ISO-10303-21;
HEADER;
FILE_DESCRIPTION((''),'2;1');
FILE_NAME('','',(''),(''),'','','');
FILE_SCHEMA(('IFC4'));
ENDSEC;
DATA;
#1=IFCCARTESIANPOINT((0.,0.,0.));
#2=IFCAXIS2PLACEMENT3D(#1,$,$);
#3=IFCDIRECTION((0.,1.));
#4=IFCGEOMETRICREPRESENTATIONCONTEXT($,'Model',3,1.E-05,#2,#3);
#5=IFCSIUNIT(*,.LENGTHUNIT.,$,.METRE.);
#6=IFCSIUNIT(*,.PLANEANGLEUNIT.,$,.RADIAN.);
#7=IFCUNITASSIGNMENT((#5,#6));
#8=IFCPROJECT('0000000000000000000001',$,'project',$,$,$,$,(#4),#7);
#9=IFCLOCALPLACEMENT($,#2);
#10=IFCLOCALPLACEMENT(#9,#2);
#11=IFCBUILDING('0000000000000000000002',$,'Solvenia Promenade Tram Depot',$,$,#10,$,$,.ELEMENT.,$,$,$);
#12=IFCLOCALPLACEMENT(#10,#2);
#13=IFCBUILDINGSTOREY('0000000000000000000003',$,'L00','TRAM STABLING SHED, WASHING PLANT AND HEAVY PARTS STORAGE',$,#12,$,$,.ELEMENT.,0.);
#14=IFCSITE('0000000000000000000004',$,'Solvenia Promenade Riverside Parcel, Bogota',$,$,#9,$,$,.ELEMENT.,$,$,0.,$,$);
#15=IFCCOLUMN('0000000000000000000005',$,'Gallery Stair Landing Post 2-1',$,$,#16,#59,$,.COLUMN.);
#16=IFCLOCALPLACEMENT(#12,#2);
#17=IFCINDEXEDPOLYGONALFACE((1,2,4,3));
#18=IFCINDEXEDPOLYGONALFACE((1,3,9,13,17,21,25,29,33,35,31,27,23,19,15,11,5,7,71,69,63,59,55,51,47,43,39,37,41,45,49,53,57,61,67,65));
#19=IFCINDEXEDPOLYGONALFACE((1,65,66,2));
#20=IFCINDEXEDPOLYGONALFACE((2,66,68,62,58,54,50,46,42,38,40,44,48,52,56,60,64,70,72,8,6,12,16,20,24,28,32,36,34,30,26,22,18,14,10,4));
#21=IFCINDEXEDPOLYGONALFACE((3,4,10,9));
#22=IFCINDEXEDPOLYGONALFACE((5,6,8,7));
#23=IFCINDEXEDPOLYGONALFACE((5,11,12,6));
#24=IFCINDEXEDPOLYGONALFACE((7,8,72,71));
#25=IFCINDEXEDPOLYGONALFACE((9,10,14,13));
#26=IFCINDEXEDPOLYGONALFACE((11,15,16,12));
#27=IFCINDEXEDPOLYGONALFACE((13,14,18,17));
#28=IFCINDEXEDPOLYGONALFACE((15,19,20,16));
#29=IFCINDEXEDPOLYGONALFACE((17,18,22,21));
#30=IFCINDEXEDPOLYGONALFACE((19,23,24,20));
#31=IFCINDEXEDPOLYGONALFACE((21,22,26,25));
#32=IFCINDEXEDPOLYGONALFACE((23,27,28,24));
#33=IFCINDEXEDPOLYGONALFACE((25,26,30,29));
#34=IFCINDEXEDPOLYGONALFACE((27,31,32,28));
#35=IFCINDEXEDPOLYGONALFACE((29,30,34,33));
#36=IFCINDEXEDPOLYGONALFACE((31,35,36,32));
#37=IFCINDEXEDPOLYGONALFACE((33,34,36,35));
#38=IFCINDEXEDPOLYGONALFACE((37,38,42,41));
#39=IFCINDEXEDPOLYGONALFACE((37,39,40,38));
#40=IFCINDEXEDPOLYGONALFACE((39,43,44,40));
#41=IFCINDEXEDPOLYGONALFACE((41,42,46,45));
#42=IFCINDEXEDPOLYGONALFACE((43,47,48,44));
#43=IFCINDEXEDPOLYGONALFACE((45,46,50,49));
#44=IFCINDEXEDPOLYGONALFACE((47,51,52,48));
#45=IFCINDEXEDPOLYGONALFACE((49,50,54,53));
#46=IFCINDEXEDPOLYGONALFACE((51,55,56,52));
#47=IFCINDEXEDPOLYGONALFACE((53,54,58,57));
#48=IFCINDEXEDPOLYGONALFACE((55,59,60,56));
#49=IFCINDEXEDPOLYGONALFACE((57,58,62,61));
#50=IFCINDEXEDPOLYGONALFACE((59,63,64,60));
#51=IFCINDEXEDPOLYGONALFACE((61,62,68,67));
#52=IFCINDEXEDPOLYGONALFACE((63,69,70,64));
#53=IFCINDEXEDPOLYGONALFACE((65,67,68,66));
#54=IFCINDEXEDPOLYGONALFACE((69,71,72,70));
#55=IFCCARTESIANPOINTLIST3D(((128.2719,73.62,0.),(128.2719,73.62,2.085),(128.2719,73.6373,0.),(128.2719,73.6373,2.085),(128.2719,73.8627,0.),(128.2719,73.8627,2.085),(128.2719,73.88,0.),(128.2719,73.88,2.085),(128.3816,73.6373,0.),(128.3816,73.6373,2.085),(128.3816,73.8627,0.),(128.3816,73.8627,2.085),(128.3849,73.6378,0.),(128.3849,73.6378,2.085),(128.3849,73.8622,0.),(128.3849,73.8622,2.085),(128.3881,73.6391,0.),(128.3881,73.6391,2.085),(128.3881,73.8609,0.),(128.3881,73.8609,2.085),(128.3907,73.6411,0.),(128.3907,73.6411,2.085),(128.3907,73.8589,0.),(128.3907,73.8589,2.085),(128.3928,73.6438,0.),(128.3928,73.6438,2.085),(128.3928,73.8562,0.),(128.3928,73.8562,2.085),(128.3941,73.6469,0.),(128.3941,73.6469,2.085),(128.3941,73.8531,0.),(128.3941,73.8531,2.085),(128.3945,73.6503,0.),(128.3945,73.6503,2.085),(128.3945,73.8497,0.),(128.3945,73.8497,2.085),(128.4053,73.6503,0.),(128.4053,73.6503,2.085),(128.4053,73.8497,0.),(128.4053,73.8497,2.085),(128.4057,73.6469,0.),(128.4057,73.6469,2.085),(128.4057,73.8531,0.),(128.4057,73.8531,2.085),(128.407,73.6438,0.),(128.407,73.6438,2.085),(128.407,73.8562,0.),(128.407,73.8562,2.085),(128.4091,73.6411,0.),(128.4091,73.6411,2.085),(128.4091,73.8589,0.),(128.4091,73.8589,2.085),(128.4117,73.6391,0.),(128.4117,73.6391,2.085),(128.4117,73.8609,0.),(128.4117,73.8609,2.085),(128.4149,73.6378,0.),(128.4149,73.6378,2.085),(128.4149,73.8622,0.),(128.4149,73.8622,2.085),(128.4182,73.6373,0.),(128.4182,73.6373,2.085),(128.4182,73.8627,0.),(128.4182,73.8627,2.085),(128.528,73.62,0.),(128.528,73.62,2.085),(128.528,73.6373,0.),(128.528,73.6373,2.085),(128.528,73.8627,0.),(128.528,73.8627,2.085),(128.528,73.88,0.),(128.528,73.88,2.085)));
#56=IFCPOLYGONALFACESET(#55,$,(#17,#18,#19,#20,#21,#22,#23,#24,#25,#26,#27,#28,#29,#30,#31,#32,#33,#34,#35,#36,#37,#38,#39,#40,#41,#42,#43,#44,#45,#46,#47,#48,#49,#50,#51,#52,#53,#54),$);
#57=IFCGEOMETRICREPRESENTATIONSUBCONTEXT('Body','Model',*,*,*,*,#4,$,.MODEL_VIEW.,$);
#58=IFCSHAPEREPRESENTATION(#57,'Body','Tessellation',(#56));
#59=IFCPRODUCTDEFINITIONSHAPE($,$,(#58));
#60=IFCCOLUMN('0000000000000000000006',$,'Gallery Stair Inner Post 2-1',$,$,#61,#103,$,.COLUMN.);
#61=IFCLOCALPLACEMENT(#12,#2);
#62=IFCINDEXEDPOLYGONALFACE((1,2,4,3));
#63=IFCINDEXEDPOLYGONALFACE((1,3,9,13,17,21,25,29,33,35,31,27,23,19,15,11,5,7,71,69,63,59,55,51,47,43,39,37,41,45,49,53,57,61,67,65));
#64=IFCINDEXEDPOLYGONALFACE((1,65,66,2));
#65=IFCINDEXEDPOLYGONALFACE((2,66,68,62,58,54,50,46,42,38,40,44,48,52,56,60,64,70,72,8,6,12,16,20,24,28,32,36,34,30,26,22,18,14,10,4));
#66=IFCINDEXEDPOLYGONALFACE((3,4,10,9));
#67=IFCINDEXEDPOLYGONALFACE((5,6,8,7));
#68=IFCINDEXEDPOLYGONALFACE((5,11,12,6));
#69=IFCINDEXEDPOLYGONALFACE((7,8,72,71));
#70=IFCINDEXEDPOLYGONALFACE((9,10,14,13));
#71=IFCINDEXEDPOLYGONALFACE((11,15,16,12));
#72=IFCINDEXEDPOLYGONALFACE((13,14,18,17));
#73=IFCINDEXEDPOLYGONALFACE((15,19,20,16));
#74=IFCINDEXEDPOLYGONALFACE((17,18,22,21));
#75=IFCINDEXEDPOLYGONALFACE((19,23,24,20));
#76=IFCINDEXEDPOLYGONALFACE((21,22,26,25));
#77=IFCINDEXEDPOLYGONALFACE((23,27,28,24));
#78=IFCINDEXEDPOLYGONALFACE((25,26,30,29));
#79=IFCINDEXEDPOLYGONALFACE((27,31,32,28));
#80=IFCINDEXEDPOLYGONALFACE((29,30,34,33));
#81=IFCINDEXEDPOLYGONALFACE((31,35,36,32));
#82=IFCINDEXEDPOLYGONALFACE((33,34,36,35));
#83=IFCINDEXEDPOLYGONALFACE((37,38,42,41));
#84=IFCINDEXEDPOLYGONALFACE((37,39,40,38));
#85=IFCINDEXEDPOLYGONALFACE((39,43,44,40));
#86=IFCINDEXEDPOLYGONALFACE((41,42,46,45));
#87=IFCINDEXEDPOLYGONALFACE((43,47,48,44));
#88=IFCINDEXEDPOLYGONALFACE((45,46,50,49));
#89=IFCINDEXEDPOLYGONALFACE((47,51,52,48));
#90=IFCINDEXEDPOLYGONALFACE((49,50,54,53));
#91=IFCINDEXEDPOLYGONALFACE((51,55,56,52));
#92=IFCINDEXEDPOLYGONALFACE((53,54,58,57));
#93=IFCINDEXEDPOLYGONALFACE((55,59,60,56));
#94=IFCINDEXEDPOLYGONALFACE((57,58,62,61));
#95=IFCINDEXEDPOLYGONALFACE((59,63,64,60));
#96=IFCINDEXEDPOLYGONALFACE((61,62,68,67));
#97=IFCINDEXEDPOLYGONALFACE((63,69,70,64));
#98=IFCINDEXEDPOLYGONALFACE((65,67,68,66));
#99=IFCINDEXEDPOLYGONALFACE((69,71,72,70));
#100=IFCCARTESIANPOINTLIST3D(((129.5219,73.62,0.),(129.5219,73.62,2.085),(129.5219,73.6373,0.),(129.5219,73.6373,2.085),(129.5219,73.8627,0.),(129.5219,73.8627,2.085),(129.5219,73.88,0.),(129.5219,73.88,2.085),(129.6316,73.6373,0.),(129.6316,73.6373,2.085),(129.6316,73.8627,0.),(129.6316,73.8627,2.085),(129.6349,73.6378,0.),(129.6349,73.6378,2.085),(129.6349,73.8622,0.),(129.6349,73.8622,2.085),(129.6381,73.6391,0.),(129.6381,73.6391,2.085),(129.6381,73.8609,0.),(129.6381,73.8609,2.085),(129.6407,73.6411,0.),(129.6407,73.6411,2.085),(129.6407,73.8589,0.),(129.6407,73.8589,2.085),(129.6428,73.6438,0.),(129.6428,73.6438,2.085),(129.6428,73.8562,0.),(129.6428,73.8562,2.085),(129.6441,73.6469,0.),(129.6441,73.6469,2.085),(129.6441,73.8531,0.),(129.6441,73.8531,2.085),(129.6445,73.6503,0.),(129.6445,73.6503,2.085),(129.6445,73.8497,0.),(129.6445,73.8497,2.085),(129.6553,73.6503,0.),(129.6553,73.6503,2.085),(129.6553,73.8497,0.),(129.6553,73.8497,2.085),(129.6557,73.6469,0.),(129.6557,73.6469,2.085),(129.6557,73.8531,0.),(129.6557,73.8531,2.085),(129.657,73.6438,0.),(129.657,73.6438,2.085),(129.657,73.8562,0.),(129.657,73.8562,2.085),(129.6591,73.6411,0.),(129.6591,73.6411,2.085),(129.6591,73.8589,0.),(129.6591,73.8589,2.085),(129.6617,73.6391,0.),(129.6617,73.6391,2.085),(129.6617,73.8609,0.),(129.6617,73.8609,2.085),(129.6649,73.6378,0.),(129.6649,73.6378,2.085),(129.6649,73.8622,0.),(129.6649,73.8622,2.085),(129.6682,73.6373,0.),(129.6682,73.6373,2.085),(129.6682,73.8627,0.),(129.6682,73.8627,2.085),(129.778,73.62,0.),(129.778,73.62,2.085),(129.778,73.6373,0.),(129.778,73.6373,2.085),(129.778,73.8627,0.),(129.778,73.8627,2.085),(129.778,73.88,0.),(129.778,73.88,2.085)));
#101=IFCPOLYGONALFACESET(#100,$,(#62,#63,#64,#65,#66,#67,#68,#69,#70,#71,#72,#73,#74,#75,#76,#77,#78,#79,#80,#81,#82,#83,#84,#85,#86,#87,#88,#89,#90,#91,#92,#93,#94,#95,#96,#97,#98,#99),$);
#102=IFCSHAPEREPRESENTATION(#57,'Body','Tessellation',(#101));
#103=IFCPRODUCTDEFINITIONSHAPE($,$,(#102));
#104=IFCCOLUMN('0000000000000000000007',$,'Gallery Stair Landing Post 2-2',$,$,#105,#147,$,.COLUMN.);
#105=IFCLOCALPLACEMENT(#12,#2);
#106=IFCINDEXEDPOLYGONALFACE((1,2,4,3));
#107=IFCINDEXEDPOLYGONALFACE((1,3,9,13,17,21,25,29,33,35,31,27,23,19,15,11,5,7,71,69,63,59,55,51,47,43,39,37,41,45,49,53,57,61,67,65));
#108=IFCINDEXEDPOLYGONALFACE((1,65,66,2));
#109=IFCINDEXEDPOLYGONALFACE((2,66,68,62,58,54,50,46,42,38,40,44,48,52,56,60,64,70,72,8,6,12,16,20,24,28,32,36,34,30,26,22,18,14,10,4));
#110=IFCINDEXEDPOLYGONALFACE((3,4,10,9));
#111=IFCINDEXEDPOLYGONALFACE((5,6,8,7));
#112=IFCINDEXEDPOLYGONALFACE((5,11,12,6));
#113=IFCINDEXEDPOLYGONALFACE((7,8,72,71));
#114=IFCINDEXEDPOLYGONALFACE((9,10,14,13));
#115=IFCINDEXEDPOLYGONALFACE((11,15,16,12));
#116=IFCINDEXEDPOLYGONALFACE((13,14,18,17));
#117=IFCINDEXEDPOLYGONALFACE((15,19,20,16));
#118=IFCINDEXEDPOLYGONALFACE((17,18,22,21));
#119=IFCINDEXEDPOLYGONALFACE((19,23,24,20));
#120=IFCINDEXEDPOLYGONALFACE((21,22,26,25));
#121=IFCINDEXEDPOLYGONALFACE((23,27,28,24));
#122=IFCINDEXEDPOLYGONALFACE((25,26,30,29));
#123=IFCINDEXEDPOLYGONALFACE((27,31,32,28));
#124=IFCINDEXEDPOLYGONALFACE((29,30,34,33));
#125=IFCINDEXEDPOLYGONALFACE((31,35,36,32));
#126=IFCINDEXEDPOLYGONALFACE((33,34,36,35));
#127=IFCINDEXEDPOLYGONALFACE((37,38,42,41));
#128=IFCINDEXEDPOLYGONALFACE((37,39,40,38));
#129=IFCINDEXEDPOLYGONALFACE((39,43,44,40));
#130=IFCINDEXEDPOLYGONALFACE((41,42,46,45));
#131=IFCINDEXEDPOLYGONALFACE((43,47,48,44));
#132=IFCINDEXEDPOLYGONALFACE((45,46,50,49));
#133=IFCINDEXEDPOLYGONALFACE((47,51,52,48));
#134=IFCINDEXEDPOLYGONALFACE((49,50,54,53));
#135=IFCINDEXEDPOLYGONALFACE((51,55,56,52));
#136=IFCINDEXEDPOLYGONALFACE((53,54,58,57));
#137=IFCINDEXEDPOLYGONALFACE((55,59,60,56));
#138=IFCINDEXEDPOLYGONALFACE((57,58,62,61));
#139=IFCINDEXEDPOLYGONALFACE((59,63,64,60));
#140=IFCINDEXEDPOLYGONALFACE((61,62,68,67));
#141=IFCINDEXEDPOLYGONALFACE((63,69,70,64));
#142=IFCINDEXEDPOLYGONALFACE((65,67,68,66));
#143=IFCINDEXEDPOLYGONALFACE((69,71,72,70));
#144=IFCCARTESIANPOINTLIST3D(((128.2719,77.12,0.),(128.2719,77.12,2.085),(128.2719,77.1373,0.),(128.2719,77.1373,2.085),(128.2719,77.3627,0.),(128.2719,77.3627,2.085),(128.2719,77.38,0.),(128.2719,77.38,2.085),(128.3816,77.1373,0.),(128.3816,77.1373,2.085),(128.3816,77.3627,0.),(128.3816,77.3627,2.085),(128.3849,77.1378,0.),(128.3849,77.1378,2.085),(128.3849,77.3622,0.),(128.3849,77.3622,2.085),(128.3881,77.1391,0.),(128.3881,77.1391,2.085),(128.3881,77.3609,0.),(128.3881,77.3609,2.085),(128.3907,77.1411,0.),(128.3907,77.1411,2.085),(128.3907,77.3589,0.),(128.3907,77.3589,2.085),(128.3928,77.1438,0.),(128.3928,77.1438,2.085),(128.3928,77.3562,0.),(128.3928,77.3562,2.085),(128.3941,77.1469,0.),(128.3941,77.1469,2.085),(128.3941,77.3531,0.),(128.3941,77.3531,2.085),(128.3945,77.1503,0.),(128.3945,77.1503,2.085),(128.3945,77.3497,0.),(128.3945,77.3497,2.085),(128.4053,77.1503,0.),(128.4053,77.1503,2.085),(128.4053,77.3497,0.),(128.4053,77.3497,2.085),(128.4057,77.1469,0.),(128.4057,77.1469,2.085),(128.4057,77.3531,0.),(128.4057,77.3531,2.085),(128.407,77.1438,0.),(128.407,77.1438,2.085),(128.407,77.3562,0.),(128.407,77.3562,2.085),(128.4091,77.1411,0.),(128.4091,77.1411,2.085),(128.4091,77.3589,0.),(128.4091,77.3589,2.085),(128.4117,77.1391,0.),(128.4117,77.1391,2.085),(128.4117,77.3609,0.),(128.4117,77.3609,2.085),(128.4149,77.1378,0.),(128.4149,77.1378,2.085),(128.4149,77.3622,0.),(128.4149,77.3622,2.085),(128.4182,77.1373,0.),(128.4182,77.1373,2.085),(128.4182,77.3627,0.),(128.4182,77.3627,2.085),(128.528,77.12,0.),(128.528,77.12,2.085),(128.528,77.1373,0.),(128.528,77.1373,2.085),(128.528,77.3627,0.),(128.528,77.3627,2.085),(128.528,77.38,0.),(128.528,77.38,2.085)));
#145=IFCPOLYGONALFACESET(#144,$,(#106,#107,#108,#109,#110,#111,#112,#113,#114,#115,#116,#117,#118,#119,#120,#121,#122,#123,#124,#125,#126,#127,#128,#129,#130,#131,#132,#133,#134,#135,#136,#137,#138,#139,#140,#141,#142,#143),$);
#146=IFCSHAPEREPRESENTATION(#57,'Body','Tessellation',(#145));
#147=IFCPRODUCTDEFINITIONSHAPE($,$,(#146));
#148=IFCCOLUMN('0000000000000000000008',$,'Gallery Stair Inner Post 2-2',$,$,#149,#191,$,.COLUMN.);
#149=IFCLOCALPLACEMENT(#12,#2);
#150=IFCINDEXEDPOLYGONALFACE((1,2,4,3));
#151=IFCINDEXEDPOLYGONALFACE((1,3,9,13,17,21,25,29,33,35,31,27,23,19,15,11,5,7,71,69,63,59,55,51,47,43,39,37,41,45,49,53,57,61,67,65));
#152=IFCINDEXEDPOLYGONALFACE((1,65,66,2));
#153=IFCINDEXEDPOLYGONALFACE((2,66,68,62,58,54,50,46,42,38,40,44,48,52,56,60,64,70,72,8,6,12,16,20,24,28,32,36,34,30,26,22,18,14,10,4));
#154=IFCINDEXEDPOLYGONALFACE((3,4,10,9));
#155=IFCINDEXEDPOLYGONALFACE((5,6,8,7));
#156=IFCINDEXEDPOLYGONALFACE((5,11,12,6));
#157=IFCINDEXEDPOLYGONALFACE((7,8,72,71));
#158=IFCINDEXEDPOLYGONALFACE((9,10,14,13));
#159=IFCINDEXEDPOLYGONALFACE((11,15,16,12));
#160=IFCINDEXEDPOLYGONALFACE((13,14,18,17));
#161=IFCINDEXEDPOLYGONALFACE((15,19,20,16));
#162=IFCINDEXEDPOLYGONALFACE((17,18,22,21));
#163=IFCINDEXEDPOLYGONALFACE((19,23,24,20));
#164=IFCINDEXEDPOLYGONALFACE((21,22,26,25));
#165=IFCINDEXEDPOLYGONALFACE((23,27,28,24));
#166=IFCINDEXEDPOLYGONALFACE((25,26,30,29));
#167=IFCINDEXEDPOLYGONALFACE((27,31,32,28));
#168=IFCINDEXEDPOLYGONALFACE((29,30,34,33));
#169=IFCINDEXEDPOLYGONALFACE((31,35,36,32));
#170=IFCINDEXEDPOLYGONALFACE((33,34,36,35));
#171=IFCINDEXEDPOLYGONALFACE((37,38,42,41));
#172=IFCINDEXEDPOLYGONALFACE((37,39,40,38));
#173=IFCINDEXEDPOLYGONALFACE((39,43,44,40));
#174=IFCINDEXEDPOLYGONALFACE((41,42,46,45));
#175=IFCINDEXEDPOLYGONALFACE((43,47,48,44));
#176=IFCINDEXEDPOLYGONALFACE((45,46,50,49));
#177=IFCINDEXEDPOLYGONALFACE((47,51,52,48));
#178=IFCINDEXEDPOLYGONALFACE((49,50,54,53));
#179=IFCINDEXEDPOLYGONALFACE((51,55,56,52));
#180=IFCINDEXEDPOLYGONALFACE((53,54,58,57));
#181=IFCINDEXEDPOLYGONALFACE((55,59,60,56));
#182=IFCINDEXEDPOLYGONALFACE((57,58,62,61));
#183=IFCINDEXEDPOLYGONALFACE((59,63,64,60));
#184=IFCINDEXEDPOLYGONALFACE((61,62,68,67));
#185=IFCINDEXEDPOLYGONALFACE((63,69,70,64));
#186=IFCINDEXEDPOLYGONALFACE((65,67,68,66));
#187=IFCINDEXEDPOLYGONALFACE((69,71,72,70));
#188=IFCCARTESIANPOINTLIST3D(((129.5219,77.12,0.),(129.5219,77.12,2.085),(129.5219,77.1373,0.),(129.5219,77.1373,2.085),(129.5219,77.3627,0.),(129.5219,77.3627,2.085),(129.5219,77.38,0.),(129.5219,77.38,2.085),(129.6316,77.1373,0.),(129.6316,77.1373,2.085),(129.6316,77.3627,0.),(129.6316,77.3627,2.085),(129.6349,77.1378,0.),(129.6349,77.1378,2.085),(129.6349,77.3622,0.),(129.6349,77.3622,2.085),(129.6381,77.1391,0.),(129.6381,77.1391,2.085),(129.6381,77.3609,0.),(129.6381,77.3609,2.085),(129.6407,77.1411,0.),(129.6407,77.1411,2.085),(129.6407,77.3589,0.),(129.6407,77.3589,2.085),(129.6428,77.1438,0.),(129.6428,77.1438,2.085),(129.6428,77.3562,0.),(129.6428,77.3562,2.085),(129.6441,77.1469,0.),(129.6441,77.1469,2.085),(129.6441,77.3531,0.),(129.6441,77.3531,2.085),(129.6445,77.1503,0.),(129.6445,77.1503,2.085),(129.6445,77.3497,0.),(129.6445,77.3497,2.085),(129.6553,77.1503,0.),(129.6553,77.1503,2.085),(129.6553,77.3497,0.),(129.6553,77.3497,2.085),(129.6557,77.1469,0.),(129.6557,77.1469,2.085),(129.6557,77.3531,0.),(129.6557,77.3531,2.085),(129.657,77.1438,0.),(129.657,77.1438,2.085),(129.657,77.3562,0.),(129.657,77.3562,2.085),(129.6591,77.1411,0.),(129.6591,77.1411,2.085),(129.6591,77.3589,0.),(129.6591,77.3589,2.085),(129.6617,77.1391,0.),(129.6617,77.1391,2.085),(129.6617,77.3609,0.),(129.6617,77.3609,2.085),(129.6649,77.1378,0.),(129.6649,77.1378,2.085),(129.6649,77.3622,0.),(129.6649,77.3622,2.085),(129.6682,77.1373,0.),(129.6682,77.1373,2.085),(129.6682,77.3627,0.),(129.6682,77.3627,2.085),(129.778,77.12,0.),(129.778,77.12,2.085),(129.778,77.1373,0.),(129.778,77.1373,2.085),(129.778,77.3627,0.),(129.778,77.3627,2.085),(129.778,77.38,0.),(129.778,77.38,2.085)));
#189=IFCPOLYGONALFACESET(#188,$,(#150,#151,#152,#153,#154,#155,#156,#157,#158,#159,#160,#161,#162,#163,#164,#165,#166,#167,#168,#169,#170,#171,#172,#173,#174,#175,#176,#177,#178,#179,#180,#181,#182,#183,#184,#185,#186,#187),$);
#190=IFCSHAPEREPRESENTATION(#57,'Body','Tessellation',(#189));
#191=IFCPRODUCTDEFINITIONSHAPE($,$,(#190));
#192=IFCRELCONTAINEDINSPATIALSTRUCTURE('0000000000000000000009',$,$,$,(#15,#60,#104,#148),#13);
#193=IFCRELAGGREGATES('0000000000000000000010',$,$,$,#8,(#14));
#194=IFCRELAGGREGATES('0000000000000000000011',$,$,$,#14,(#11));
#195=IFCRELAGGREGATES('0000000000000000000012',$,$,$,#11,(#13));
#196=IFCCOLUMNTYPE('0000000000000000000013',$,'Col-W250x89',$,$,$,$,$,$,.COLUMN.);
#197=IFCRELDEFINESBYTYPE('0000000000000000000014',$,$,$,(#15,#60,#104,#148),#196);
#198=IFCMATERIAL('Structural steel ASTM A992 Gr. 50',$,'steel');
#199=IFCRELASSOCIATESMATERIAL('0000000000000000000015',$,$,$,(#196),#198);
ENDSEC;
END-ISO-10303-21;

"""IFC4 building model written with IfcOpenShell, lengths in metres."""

from ifc_helpers import new_model, si_unit, direction, frame, origin, origin_2d, place, context, subcontext, project, spatial, i_section, extrude, material, material_profile, profile_set, type_object, element, save


model = new_model("IFC4")

# Units and contexts
model_context = context("Model", 3, precision=1e-05, world=origin(), true_north=direction((0.0, 1.0)))
body_context = subcontext(model_context, "Body", "Model", "MODEL_VIEW")
ifc_project = project(units=[si_unit("LENGTHUNIT", "METRE"), si_unit("PLANEANGLEUNIT", "RADIAN")], contexts=[model_context])

# Site, building, storey
site_placement = place(None, origin())
site = spatial("IfcSite", under=ifc_project, at=site_placement, Name="Solvenia Promenade Riverside Parcel, Bogota", CompositionType="ELEMENT", RefElevation=0.0)
building_placement = place(site_placement, origin())
building = spatial("IfcBuilding", under=site, at=building_placement, Name="Solvenia Promenade Tram Depot", CompositionType="ELEMENT")
storey_placement = place(building_placement, origin())
storey = spatial("IfcBuildingStorey", under=building, at=storey_placement, Name="L00", Description="TRAM STABLING SHED, WASHING PLANT AND HEAVY PARTS STORAGE", CompositionType="ELEMENT", Elevation=0.0)

# Columns
ifc_material_1 = material(Name="Structural steel ASTM A992 Gr. 50", Category="steel")
ifc_material_profile_1 = material_profile(ifc_material_1, i_section(OverallWidth=0.2561, OverallDepth=0.26, WebThickness=0.0107, FlangeThickness=0.0173, FilletRadius=0.0129, at=origin_2d()), Name="W250x89", Category="steel")
ifc_profile_set_1 = profile_set([ifc_material_profile_1], Name="Structural steel ASTM A992 Gr. 50")
column_type_1 = type_object("IfcColumnType", Name="Col-W250x89", PredefinedType="COLUMN", material=ifc_profile_set_1)
for number, where, z_axis, x_axis, name in (
    (1, (128.3999, 73.75, 0.0), (0.0, 0.0, 1.0), (1.0, 0.0, 0.0), "Gallery Stair Landing Post 2-1"),
    (2, (129.6499, 73.75, 0.0), (0.0, 0.0, 1.0), (1.0, 0.0, 0.0), "Gallery Stair Inner Post 2-1"),
    (3, (128.3999, 77.25, 0.0), (0.0, 0.0, 1.0), (1.0, 0.0, 0.0), "Gallery Stair Landing Post 2-2"),
    (4, (129.6499, 77.25, 0.0), (0.0, 0.0, 1.0), (1.0, 0.0, 0.0), "Gallery Stair Inner Post 2-2"),
):
    element("IfcColumn", number, at=place(storey_placement, frame(where, z_axis=z_axis, x_axis=x_axis)), inside=storey, type_object=column_type_1, Name=name, PredefinedType="COLUMN", context=body_context, shape_type="SweptSolid", body=[
        extrude(i_section(OverallWidth=0.2561, OverallDepth=0.26, WebThickness=0.0107, FlangeThickness=0.0173, FilletRadius=0.0129, at=origin_2d()), origin(), (0.0, 0.0, 1.0), 2.085),
    ])

save(model, "model.ifc")
